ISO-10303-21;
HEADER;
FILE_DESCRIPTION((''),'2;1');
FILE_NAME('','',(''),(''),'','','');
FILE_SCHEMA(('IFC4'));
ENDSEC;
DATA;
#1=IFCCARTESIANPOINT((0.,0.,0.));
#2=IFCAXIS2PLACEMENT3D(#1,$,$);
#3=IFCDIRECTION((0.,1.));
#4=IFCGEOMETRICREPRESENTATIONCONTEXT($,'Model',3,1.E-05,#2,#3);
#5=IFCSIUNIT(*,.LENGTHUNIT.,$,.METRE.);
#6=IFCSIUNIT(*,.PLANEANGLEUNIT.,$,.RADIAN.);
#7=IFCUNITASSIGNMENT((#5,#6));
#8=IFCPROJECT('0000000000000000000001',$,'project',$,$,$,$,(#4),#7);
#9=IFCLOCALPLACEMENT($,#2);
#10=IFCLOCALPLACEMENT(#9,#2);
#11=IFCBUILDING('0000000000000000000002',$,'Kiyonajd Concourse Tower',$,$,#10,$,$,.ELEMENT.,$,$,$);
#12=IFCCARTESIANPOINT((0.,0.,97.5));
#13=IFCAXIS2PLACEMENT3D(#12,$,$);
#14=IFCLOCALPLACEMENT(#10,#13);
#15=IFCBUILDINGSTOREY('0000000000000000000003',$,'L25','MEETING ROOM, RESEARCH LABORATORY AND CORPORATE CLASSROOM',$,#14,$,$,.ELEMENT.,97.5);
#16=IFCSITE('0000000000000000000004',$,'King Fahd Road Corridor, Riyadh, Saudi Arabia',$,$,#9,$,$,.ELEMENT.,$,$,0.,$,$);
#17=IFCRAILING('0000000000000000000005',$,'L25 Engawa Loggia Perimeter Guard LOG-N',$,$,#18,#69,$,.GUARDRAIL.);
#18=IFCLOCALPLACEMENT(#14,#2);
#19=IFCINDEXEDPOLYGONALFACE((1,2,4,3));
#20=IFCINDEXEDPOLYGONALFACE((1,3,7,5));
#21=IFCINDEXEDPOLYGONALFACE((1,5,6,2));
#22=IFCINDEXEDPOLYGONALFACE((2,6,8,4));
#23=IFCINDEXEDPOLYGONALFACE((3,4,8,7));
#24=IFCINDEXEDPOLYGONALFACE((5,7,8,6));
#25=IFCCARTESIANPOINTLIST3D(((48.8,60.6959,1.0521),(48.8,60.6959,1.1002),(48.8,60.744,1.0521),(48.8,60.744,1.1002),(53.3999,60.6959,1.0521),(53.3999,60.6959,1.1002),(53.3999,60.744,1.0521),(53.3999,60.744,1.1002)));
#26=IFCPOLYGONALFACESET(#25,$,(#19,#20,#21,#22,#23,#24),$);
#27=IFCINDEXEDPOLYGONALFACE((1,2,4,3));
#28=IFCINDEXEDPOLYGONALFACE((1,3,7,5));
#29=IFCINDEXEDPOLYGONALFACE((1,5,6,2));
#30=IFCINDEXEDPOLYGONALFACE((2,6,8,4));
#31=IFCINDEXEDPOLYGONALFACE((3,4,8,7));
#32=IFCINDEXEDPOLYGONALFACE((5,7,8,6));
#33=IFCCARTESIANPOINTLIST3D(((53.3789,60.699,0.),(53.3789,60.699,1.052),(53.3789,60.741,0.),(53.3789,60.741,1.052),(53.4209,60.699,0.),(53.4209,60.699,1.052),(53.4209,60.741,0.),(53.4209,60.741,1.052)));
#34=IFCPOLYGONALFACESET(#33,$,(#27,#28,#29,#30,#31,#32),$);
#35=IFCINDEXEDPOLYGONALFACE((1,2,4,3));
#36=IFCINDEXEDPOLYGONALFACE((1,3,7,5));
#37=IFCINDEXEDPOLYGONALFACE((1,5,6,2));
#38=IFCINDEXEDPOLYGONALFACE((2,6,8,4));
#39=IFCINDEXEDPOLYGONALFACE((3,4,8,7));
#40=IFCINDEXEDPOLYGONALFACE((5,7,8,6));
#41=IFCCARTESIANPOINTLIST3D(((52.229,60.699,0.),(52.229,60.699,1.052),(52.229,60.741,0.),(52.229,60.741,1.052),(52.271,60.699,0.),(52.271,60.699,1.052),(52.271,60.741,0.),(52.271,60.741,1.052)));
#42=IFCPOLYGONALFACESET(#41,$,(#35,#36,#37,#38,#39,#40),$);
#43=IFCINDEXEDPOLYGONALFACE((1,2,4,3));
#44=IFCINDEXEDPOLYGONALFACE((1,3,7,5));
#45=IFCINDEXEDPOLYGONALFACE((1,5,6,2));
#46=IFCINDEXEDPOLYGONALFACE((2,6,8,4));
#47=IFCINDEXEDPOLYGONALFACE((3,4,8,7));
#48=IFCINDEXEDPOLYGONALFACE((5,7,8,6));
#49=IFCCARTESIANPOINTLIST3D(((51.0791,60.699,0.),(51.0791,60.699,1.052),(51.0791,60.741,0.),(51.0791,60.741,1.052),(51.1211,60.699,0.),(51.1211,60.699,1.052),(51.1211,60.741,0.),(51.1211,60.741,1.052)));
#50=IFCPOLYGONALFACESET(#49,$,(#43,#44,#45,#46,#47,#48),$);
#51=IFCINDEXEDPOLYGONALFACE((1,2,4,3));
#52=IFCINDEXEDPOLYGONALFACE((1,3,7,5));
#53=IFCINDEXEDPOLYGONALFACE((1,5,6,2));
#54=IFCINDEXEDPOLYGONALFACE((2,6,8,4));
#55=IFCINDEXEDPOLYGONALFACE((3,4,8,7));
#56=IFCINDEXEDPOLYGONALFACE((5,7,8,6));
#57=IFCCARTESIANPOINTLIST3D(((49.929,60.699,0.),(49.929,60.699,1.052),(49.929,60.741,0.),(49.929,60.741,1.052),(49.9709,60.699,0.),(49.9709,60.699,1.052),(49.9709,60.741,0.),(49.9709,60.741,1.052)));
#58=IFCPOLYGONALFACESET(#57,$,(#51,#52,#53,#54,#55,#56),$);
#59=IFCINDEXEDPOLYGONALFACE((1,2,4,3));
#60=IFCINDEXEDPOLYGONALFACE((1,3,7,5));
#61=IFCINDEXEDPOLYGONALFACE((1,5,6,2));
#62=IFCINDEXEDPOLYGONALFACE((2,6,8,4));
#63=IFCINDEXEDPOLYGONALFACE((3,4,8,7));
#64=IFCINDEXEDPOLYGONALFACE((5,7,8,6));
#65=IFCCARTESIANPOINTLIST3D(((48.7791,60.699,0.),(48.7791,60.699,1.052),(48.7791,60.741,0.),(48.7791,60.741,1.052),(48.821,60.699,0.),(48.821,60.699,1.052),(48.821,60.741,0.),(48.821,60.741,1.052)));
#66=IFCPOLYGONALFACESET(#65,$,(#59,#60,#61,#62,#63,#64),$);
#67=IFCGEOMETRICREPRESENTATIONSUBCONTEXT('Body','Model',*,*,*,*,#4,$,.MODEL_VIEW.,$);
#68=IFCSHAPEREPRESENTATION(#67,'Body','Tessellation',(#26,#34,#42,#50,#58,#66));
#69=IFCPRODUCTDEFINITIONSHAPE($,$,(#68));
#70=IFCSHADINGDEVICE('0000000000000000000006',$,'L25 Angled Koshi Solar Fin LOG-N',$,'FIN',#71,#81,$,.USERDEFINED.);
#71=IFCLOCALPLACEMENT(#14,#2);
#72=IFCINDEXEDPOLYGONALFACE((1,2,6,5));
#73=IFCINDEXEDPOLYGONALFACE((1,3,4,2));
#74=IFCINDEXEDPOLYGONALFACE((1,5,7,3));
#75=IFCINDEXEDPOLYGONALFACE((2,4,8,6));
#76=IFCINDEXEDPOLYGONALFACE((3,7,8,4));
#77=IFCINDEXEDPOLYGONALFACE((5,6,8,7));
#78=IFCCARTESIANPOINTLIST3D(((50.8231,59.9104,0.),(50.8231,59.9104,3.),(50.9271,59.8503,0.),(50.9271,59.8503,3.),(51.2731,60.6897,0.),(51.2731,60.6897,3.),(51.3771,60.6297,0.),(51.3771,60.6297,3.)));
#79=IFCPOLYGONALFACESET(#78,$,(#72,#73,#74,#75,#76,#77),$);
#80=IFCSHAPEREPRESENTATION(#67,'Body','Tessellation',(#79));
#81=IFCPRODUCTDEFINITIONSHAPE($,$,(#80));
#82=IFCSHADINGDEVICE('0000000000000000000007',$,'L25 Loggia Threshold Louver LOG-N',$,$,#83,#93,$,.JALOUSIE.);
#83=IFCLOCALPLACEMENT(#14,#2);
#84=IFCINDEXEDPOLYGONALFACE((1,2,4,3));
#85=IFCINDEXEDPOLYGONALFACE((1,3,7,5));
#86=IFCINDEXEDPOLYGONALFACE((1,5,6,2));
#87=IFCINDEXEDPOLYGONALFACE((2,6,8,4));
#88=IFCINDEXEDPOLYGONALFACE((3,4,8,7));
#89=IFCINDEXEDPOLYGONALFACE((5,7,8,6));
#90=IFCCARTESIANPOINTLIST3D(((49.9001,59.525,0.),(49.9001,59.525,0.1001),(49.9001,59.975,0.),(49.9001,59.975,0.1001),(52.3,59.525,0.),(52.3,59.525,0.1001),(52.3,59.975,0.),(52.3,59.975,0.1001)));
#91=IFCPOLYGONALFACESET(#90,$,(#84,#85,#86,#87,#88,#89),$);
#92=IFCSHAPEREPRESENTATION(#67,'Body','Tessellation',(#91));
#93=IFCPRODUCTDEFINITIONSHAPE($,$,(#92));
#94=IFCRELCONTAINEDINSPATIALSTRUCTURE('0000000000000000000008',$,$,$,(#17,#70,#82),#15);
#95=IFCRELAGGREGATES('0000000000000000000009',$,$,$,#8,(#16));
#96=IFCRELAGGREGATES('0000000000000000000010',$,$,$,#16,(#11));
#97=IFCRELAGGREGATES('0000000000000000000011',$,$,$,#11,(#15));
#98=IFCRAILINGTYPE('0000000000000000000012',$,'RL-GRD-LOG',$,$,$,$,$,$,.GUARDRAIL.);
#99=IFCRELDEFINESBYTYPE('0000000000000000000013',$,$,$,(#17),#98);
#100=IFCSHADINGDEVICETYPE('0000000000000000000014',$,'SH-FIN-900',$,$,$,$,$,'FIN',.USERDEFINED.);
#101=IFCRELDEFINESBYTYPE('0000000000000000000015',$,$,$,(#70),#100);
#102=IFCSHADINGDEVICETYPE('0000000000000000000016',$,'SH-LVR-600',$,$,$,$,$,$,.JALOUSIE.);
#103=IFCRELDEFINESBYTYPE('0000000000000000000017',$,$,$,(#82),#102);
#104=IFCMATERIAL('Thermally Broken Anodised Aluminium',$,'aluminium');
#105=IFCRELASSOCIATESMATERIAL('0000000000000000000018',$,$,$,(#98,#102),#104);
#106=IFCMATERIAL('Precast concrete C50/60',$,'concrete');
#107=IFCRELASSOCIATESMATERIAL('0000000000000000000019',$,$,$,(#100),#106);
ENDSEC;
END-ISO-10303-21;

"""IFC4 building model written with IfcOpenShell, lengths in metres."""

from ifc_helpers import new_model, si_unit, direction, frame, origin, origin_2d, place, context, subcontext, project, spatial, rectangle, extrude, material, type_object, element, save


model = new_model("IFC4")

# Units and contexts
model_context = context("Model", 3, precision=1e-05, world=origin(), true_north=direction((0.0, 1.0)))
body_context = subcontext(model_context, "Body", "Model", "MODEL_VIEW")
ifc_project = project(units=[si_unit("LENGTHUNIT", "METRE"), si_unit("PLANEANGLEUNIT", "RADIAN")], contexts=[model_context])

# Site, building, storey
site_placement = place(None, origin())
site = spatial("IfcSite", under=ifc_project, at=site_placement, Name="King Fahd Road Corridor, Riyadh, Saudi Arabia", CompositionType="ELEMENT", RefElevation=0.0)
building_placement = place(site_placement, origin())
building = spatial("IfcBuilding", under=site, at=building_placement, Name="Kiyonajd Concourse Tower", CompositionType="ELEMENT")
storey_placement = place(building_placement, frame((0.0, 0.0, 97.5)))
storey = spatial("IfcBuildingStorey", under=building, at=storey_placement, Name="L25", Description="MEETING ROOM, RESEARCH LABORATORY AND CORPORATE CLASSROOM", CompositionType="ELEMENT", Elevation=97.5)

# Shared definitions
ifc_material_1 = material(Name="Precast concrete C50/60", Category="concrete")

# Shared definitions
ifc_material_2 = material(Name="Thermally Broken Anodised Aluminium", Category="aluminium")

# Railing
railing_type = type_object("IfcRailingType", Name="RL-GRD-LOG", PredefinedType="GUARDRAIL", material=ifc_material_2)
railing_placement = place(storey_placement, frame((53.3999, 60.72, 0.0)))
element("IfcRailing", 1, at=railing_placement, inside=storey, type_object=railing_type, Name="L25 Engawa Loggia Perimeter Guard LOG-N", PredefinedType="GUARDRAIL", context=body_context, shape_type="SweptSolid", body=[
    extrude(rectangle(XDim=0.0481, YDim=0.0481, at=origin_2d()), frame((0.0, 0.0, 1.0762), z_axis=(-1.0, 0.0, 0.0), x_axis=(0.0, -1.0, 0.0)), (0.0, 0.0, 1.0), 4.5999),
    extrude(rectangle(XDim=0.042, YDim=0.042, at=origin_2d()), origin(), (0.0, 0.0, 1.0), 1.052),
    extrude(rectangle(XDim=0.042, YDim=0.042, at=origin_2d()), frame((-1.1499, 0.0, 0.0)), (0.0, 0.0, 1.0), 1.052),
    extrude(rectangle(XDim=0.042, YDim=0.042, at=origin_2d()), frame((-2.2998, 0.0, 0.0)), (0.0, 0.0, 1.0), 1.052),
    extrude(rectangle(XDim=0.042, YDim=0.042, at=origin_2d()), frame((-3.45, 0.0, 0.0)), (0.0, 0.0, 1.0), 1.052),
    extrude(rectangle(XDim=0.042, YDim=0.042, at=origin_2d()), frame((-4.5999, 0.0, 0.0)), (0.0, 0.0, 1.0), 1.052),
])

# Shading devices
shading_device_type_1 = type_object("IfcShadingDeviceType", Name="SH-FIN-900", ElementType="FIN", PredefinedType="USERDEFINED", material=ifc_material_1)
shading_device_1_placement = place(storey_placement, frame((51.1001, 60.27, 0.0), z_axis=(0.0, 0.0, 1.0), x_axis=(0.5, 0.866025, 0.0)))
element("IfcShadingDevice", 2, at=shading_device_1_placement, inside=storey, type_object=shading_device_type_1, Name="L25 Angled Koshi Solar Fin LOG-N", ObjectType="FIN", PredefinedType="USERDEFINED", context=body_context, shape_type="SweptSolid", body=[
    extrude(rectangle(XDim=0.8999, YDim=0.1201, at=origin_2d()), origin(), (0.0, 0.0, 1.0), 3.0),
])
shading_device_type_2 = type_object("IfcShadingDeviceType", Name="SH-LVR-600", PredefinedType="JALOUSIE", material=ifc_material_2)
shading_device_2_placement = place(storey_placement, frame((51.1001, 59.75, 0.0), z_axis=(0.0, 0.0, 1.0), x_axis=(1.0, 0.0, 0.0)))
element("IfcShadingDevice", 3, at=shading_device_2_placement, inside=storey, type_object=shading_device_type_2, Name="L25 Loggia Threshold Louver LOG-N", PredefinedType="JALOUSIE", context=body_context, shape_type="SweptSolid", body=[
    extrude(rectangle(XDim=2.3999, YDim=0.45, at=origin_2d()), origin(), (0.0, 0.0, 1.0), 0.1001),
])

save(model, "model.ifc")
